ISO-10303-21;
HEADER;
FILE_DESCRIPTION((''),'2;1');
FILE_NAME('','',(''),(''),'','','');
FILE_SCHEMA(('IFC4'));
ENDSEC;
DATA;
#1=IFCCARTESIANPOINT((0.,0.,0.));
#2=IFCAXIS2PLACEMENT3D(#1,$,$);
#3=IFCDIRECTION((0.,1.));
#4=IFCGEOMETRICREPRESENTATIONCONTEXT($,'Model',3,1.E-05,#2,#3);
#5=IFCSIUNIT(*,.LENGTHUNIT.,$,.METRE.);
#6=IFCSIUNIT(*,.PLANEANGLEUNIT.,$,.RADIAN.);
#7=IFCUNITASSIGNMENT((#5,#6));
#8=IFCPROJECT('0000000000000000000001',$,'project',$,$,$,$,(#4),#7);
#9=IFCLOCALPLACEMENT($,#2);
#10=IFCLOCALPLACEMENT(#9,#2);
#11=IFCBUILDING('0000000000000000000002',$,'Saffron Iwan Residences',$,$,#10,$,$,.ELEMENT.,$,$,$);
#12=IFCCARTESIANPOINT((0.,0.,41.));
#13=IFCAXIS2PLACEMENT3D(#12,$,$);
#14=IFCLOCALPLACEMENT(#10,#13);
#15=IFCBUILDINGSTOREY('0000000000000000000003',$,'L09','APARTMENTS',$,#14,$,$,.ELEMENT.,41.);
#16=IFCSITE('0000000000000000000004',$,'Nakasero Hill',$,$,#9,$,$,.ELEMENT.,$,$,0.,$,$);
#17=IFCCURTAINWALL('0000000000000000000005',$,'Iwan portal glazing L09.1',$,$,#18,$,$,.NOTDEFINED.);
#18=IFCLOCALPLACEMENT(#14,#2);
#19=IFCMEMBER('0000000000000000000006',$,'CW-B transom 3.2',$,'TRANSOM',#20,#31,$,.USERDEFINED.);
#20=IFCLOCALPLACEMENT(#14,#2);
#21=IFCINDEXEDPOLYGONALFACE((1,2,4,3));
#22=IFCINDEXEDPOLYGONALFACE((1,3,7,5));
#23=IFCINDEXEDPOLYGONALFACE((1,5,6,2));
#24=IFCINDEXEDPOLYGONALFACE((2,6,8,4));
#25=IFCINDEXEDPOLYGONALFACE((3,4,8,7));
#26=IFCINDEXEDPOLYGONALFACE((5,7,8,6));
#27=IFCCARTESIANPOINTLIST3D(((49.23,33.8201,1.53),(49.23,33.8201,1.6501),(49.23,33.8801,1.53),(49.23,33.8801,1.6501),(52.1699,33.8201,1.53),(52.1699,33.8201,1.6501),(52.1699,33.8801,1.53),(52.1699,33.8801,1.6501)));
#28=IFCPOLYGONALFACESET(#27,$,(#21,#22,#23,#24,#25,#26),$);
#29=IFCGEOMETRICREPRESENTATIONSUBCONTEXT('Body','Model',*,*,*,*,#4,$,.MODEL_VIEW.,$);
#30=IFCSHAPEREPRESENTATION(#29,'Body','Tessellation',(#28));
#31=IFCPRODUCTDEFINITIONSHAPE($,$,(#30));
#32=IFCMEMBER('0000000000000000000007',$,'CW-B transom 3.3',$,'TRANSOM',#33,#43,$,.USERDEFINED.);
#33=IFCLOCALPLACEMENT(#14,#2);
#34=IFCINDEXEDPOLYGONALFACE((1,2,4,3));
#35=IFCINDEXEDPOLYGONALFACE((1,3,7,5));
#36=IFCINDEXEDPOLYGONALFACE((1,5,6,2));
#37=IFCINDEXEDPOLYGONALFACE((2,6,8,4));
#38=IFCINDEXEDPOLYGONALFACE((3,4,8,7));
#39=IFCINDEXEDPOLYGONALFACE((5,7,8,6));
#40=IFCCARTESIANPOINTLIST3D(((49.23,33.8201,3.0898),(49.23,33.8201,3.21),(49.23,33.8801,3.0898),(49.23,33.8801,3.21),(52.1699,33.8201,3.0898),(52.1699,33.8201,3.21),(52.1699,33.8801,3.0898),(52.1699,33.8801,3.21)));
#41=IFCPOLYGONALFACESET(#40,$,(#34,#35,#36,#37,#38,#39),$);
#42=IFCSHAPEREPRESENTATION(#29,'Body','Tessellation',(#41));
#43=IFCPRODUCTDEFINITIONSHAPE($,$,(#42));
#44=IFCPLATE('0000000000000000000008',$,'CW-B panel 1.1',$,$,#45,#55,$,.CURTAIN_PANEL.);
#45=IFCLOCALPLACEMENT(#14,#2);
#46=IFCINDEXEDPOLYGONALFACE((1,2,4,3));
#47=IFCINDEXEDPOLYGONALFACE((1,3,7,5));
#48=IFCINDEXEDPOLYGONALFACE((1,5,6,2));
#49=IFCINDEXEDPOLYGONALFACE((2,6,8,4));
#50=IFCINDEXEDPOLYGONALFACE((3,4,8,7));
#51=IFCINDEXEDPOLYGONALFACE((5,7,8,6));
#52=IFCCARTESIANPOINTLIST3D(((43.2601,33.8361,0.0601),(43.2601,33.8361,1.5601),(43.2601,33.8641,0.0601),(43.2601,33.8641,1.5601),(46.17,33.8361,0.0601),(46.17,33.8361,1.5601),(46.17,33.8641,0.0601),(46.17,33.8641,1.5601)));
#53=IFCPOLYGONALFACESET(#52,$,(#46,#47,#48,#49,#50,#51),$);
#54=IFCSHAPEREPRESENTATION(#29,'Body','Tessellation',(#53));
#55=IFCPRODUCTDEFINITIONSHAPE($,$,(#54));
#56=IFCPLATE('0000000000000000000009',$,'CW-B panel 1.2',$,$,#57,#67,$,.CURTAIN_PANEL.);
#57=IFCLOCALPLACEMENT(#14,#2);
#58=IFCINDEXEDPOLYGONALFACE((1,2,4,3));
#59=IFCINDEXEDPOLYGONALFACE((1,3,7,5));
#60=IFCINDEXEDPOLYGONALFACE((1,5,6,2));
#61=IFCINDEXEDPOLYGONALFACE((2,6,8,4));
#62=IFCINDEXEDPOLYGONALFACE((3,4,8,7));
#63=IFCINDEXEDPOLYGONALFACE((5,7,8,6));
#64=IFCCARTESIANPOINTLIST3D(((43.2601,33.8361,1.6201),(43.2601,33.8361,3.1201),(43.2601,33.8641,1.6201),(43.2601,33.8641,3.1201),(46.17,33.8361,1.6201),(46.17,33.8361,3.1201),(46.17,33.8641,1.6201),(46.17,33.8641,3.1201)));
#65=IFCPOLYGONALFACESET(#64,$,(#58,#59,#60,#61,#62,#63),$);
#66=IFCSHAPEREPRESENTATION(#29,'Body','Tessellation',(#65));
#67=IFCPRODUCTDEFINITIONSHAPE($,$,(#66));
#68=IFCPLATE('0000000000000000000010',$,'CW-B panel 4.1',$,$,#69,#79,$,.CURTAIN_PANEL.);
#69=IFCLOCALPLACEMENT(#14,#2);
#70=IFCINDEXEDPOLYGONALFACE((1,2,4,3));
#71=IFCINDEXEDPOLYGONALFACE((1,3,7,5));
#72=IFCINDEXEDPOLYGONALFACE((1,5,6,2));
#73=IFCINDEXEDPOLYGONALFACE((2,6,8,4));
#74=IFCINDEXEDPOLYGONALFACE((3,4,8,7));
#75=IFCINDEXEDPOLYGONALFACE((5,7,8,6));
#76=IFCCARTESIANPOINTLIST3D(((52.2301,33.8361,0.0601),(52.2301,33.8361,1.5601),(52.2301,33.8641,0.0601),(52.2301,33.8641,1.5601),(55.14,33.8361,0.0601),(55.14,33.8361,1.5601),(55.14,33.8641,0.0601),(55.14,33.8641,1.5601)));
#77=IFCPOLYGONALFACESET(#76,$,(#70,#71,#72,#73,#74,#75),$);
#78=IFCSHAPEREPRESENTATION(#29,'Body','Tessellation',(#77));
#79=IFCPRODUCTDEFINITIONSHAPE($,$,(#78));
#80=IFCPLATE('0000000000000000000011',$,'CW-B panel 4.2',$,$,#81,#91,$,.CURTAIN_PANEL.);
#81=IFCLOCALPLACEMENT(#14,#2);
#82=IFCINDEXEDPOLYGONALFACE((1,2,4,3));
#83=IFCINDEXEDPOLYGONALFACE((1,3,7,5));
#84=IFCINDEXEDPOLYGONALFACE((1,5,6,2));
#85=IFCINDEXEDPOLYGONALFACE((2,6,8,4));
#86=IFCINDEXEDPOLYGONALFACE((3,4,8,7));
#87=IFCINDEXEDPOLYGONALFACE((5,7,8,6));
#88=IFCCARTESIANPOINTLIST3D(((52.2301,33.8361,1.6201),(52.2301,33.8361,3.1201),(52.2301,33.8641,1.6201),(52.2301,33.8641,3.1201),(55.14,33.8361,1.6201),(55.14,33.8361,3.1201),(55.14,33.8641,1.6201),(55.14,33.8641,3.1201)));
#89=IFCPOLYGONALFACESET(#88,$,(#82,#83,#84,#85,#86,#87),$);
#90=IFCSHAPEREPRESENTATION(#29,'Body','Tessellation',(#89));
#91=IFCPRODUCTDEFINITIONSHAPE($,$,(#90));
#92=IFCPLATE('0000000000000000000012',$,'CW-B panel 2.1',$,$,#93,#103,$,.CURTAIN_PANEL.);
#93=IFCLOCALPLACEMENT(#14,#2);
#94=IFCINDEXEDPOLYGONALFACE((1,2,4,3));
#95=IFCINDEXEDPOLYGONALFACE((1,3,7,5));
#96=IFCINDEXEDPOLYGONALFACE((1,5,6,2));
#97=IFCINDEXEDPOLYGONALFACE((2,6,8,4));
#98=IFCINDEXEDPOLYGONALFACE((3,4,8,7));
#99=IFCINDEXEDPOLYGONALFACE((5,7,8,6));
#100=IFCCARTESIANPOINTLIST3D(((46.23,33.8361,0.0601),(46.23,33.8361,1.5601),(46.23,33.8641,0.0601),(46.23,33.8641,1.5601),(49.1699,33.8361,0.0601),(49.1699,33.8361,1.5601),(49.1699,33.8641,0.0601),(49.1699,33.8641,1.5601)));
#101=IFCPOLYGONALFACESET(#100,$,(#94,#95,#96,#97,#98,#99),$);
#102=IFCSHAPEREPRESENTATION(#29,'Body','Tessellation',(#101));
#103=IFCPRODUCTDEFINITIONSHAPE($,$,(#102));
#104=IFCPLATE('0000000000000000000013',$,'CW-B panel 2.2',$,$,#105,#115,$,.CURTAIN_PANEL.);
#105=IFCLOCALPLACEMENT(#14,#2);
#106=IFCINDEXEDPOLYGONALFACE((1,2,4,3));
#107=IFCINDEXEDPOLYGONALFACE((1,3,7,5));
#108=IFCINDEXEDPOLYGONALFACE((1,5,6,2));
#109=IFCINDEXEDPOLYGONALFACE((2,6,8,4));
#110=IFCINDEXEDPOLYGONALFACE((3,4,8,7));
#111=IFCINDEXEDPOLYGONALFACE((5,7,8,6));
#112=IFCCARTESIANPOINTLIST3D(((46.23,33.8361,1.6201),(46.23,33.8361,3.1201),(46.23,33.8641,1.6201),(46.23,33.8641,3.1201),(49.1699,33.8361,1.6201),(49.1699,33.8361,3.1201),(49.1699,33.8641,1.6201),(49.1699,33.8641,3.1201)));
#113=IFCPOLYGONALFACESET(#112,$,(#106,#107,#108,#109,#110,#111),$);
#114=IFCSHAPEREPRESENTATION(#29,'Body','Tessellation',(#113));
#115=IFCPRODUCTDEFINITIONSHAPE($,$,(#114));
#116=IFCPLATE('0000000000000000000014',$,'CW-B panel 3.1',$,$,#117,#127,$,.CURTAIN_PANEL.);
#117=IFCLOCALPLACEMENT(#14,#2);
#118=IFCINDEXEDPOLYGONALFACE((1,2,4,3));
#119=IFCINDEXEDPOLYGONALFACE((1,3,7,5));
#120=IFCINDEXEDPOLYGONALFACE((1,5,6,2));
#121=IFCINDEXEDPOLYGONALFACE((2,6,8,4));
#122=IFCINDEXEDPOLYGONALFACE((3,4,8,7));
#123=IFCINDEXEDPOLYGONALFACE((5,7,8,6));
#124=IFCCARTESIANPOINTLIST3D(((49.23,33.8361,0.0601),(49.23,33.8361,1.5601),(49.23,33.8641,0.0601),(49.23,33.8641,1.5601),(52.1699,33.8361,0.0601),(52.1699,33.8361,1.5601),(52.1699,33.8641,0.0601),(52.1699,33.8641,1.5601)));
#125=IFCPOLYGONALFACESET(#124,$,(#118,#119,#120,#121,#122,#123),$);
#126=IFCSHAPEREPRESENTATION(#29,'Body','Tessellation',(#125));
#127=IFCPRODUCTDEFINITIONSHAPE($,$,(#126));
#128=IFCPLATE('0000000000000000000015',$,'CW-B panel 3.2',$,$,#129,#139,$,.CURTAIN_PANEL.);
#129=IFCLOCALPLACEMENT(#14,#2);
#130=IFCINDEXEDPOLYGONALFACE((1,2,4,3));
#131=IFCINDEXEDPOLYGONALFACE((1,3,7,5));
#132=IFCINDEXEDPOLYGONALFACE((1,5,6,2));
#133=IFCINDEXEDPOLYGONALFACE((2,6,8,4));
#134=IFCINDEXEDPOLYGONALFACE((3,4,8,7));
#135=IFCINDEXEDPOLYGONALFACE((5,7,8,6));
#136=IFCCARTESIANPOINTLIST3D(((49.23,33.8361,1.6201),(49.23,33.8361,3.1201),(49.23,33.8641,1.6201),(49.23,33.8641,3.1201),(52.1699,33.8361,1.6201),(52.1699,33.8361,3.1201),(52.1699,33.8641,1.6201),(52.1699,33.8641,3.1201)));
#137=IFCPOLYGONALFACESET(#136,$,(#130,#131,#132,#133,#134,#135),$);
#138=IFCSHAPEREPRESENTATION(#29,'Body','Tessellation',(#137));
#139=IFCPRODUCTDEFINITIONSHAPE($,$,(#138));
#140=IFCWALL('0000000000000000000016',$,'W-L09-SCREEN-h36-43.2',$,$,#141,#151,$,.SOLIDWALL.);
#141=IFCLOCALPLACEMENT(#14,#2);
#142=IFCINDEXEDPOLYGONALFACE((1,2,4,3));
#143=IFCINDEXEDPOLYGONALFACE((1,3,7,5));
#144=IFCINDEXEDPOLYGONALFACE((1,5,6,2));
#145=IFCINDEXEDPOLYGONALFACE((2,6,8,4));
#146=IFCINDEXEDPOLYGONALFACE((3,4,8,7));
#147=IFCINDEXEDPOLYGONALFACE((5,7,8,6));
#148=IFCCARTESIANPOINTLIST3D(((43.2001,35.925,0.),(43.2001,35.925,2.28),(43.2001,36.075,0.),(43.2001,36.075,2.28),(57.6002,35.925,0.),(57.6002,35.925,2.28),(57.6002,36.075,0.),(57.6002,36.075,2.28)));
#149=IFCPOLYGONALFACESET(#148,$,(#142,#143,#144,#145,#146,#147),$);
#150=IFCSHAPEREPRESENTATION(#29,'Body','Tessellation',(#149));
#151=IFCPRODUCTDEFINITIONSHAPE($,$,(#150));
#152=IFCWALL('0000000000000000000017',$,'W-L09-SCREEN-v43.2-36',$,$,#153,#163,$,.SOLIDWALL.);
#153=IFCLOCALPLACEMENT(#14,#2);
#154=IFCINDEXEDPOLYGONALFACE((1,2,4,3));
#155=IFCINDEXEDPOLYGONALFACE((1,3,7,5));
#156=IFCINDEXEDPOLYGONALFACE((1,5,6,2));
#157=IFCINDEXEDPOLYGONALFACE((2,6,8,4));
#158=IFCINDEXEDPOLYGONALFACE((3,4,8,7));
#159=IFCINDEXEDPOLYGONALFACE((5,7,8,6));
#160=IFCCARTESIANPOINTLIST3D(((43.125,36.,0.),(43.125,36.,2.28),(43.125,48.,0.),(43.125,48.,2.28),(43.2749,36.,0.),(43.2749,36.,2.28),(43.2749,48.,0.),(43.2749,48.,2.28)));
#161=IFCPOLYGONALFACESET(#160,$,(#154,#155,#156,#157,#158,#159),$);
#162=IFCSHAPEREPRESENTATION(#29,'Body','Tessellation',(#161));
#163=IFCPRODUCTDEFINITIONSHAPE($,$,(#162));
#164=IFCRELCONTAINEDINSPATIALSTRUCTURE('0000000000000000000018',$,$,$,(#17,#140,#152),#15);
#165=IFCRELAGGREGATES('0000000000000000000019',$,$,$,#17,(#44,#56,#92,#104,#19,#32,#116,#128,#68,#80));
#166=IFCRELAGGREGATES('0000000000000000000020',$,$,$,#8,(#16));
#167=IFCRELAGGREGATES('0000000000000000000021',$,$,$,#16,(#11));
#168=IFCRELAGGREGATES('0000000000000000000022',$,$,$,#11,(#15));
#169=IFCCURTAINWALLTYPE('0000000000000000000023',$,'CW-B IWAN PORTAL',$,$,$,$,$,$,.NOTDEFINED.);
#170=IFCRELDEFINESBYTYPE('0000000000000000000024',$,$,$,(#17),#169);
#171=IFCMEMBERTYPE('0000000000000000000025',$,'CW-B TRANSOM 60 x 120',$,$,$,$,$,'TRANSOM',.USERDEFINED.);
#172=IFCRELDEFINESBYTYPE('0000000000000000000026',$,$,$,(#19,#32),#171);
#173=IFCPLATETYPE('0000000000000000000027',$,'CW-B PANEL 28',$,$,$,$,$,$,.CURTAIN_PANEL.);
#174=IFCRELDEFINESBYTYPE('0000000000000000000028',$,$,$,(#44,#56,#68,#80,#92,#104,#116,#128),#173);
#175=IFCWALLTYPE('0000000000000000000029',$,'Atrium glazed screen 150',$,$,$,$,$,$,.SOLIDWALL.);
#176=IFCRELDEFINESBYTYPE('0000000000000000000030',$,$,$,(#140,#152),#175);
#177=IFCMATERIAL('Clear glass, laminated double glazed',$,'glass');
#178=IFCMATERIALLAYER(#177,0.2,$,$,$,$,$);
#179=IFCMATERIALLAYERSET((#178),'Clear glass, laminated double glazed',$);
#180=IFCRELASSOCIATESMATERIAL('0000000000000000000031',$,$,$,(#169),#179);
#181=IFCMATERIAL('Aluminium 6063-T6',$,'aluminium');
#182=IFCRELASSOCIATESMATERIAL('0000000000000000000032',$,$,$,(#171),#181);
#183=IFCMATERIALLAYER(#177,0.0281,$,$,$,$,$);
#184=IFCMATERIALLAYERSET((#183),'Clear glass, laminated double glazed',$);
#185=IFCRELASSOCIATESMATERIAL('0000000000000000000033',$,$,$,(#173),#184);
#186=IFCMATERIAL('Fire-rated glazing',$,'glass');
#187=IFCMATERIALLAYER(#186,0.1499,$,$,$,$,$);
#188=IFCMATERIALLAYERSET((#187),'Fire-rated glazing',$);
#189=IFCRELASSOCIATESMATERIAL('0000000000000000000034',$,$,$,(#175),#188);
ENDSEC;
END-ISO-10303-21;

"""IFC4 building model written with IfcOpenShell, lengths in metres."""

from ifc_helpers import new_model, si_unit, direction, frame, frame_2d, origin, origin_2d, place, context, subcontext, project, spatial, rectangle, extrude, source, transform, mapped, material, layer, layer_set, material_profile, profile_set, type_object, element, aggregate, save


model = new_model("IFC4")

# Units and contexts
model_context = context("Model", 3, precision=1e-05, world=origin(), true_north=direction((0.0, 1.0)))
body_context = subcontext(model_context, "Body", "Model", "MODEL_VIEW")
ifc_project = project(units=[si_unit("LENGTHUNIT", "METRE"), si_unit("PLANEANGLEUNIT", "RADIAN")], contexts=[model_context])

# Site, building, storey
site_placement = place(None, origin())
site = spatial("IfcSite", under=ifc_project, at=site_placement, Name="Nakasero Hill", CompositionType="ELEMENT", RefElevation=0.0)
building_placement = place(site_placement, origin())
building = spatial("IfcBuilding", under=site, at=building_placement, Name="Saffron Iwan Residences", CompositionType="ELEMENT")
storey_placement = place(building_placement, frame((0.0, 0.0, 41.0)))
storey = spatial("IfcBuildingStorey", under=building, at=storey_placement, Name="L09", Description="APARTMENTS", CompositionType="ELEMENT", Elevation=41.0)

# Curtain wall, members, plates
ifc_material_1 = material(Name="Clear glass, laminated double glazed", Category="glass")
ifc_layer_1 = layer(ifc_material_1, 0.2)
ifc_layer_set_1 = layer_set([ifc_layer_1], Name="Clear glass, laminated double glazed")
curtain_wall_type = type_object("IfcCurtainWallType", Name="CW-B IWAN PORTAL", PredefinedType="NOTDEFINED", material=ifc_layer_set_1)
curtain_wall_placement = place(storey_placement, origin())
curtain_wall = element("IfcCurtainWall", 1, at=curtain_wall_placement, inside=storey, type_object=curtain_wall_type, Name="Iwan portal glazing L09.1", PredefinedType="NOTDEFINED")
ifc_material_2 = material(Name="Aluminium 6063-T6", Category="aluminium")
ifc_material_profile_1 = material_profile(ifc_material_2, rectangle(XDim=0.0601, YDim=0.1201, at=origin_2d()), Name="CW-B TRANSOM 60 x 120")
ifc_profile_set_1 = profile_set([ifc_material_profile_1], Name="Aluminium 6063-T6")
member_type_1 = type_object("IfcMemberType", Name="CW-B TRANSOM 60 x 120", ElementType="TRANSOM", PredefinedType="USERDEFINED", material=ifc_profile_set_1)
shared_shape_1 = source(origin(), body_context, "Body", "SweptSolid", [
    extrude(rectangle(XDim=0.0601, YDim=0.1201, at=origin_2d()), origin(), (0.0, 0.0, 1.0), 2.9399),
])
member_1_placement = place(storey_placement, frame((49.23, 33.8501, 1.5901), z_axis=(1.0, 0.0, 0.0), x_axis=(0.0, 1.0, 0.0)))
member_1 = element("IfcMember", 2, at=member_1_placement, type_object=member_type_1, Name="CW-B transom 3.2", ObjectType="TRANSOM", PredefinedType="USERDEFINED", context=body_context, shape_type="MappedRepresentation", body=[
    mapped(shared_shape_1, transform((0.0, 0.0, 0.0))),
])
member_2_placement = place(storey_placement, frame((49.23, 33.8501, 3.1499), z_axis=(1.0, 0.0, 0.0), x_axis=(0.0, 1.0, 0.0)))
member_2 = element("IfcMember", 3, at=member_2_placement, type_object=member_type_1, Name="CW-B transom 3.3", ObjectType="TRANSOM", PredefinedType="USERDEFINED", context=body_context, shape_type="MappedRepresentation", body=[
    mapped(shared_shape_1, transform((0.0, 0.0, 0.0))),
])
ifc_layer_2 = layer(ifc_material_1, 0.0281)
ifc_layer_set_2 = layer_set([ifc_layer_2], Name="Clear glass, laminated double glazed")
plate_type = type_object("IfcPlateType", Name="CW-B PANEL 28", PredefinedType="CURTAIN_PANEL", material=ifc_layer_set_2)
shared_shape_2 = source(origin(), body_context, "Body", "SweptSolid", [
    extrude(rectangle(XDim=2.9099, YDim=0.0281, at=origin_2d()), origin(), (0.0, 0.0, 1.0), 1.5),
])
plate_1_placement = place(storey_placement, frame((44.7151, 33.8501, 0.0601), z_axis=(0.0, 0.0, 1.0), x_axis=(1.0, 0.0, 0.0)))
plate_1 = element("IfcPlate", 4, at=plate_1_placement, type_object=plate_type, Name="CW-B panel 1.1", PredefinedType="CURTAIN_PANEL", context=body_context, shape_type="MappedRepresentation", body=[
    mapped(shared_shape_2, transform((0.0, 0.0, 0.0))),
])
plate_2_placement = place(storey_placement, frame((44.7151, 33.8501, 1.6201), z_axis=(0.0, 0.0, 1.0), x_axis=(1.0, 0.0, 0.0)))
plate_2 = element("IfcPlate", 5, at=plate_2_placement, type_object=plate_type, Name="CW-B panel 1.2", PredefinedType="CURTAIN_PANEL", context=body_context, shape_type="MappedRepresentation", body=[
    mapped(shared_shape_2, transform((0.0, 0.0, 0.0))),
])
plate_3_placement = place(storey_placement, frame((53.6851, 33.8501, 0.0601), z_axis=(0.0, 0.0, 1.0), x_axis=(1.0, 0.0, 0.0)))
plate_3 = element("IfcPlate", 6, at=plate_3_placement, type_object=plate_type, Name="CW-B panel 4.1", PredefinedType="CURTAIN_PANEL", context=body_context, shape_type="MappedRepresentation", body=[
    mapped(shared_shape_2, transform((0.0, 0.0, 0.0))),
])
plate_4_placement = place(storey_placement, frame((53.6851, 33.8501, 1.6201), z_axis=(0.0, 0.0, 1.0), x_axis=(1.0, 0.0, 0.0)))
plate_4 = element("IfcPlate", 7, at=plate_4_placement, type_object=plate_type, Name="CW-B panel 4.2", PredefinedType="CURTAIN_PANEL", context=body_context, shape_type="MappedRepresentation", body=[
    mapped(shared_shape_2, transform((0.0, 0.0, 0.0))),
])
shared_shape_3 = source(origin(), body_context, "Body", "SweptSolid", [
    extrude(rectangle(XDim=2.9399, YDim=0.0281, at=origin_2d()), origin(), (0.0, 0.0, 1.0), 1.5),
])
plate_5_placement = place(storey_placement, frame((47.7, 33.8501, 0.0601), z_axis=(0.0, 0.0, 1.0), x_axis=(1.0, 0.0, 0.0)))
plate_5 = element("IfcPlate", 8, at=plate_5_placement, type_object=plate_type, Name="CW-B panel 2.1", PredefinedType="CURTAIN_PANEL", context=body_context, shape_type="MappedRepresentation", body=[
    mapped(shared_shape_3, transform((0.0, 0.0, 0.0))),
])
plate_6_placement = place(storey_placement, frame((47.7, 33.8501, 1.6201), z_axis=(0.0, 0.0, 1.0), x_axis=(1.0, 0.0, 0.0)))
plate_6 = element("IfcPlate", 9, at=plate_6_placement, type_object=plate_type, Name="CW-B panel 2.2", PredefinedType="CURTAIN_PANEL", context=body_context, shape_type="MappedRepresentation", body=[
    mapped(shared_shape_3, transform((0.0, 0.0, 0.0))),
])
plate_7_placement = place(storey_placement, frame((50.7, 33.8501, 0.0601), z_axis=(0.0, 0.0, 1.0), x_axis=(1.0, 0.0, 0.0)))
plate_7 = element("IfcPlate", 10, at=plate_7_placement, type_object=plate_type, Name="CW-B panel 3.1", PredefinedType="CURTAIN_PANEL", context=body_context, shape_type="MappedRepresentation", body=[
    mapped(shared_shape_3, transform((0.0, 0.0, 0.0))),
])
plate_8_placement = place(storey_placement, frame((50.7, 33.8501, 1.6201), z_axis=(0.0, 0.0, 1.0), x_axis=(1.0, 0.0, 0.0)))
plate_8 = element("IfcPlate", 11, at=plate_8_placement, type_object=plate_type, Name="CW-B panel 3.2", PredefinedType="CURTAIN_PANEL", context=body_context, shape_type="MappedRepresentation", body=[
    mapped(shared_shape_3, transform((0.0, 0.0, 0.0))),
])
aggregate(curtain_wall, [plate_1, plate_2, plate_5, plate_6, member_1, member_2, plate_7, plate_8, plate_3, plate_4])

# Walls
ifc_material_3 = material(Name="Fire-rated glazing", Category="glass")
ifc_layer_3 = layer(ifc_material_3, 0.1499)
ifc_layer_set_3 = layer_set([ifc_layer_3], Name="Fire-rated glazing")
wall_type = type_object("IfcWallType", Name="Atrium glazed screen 150", PredefinedType="SOLIDWALL", material=ifc_layer_set_3)
wall_1_placement = place(storey_placement, frame((43.2, 36.0, 0.0), z_axis=(0.0, 0.0, 1.0), x_axis=(1.0, 0.0, 0.0)))
element("IfcWall", 12, at=wall_1_placement, inside=storey, type_object=wall_type, Name="W-L09-SCREEN-h36-43.2", PredefinedType="SOLIDWALL", context=body_context, shape_type="SweptSolid", body=[
    extrude(rectangle(XDim=14.4001, YDim=0.1499, at=frame_2d((7.2002, 0.0))), origin(), (0.0, 0.0, 1.0), 2.28),
])
wall_2_placement = place(storey_placement, frame((43.2, 36.0, 0.0), z_axis=(0.0, 0.0, 1.0), x_axis=(0.0, 1.0, 0.0)))
element("IfcWall", 13, at=wall_2_placement, inside=storey, type_object=wall_type, Name="W-L09-SCREEN-v43.2-36", PredefinedType="SOLIDWALL", context=body_context, shape_type="SweptSolid", body=[
    extrude(rectangle(XDim=12.0, YDim=0.1499, at=frame_2d((6.0, 0.0))), origin(), (0.0, 0.0, 1.0), 2.28),
])

save(model, "model.ifc")
